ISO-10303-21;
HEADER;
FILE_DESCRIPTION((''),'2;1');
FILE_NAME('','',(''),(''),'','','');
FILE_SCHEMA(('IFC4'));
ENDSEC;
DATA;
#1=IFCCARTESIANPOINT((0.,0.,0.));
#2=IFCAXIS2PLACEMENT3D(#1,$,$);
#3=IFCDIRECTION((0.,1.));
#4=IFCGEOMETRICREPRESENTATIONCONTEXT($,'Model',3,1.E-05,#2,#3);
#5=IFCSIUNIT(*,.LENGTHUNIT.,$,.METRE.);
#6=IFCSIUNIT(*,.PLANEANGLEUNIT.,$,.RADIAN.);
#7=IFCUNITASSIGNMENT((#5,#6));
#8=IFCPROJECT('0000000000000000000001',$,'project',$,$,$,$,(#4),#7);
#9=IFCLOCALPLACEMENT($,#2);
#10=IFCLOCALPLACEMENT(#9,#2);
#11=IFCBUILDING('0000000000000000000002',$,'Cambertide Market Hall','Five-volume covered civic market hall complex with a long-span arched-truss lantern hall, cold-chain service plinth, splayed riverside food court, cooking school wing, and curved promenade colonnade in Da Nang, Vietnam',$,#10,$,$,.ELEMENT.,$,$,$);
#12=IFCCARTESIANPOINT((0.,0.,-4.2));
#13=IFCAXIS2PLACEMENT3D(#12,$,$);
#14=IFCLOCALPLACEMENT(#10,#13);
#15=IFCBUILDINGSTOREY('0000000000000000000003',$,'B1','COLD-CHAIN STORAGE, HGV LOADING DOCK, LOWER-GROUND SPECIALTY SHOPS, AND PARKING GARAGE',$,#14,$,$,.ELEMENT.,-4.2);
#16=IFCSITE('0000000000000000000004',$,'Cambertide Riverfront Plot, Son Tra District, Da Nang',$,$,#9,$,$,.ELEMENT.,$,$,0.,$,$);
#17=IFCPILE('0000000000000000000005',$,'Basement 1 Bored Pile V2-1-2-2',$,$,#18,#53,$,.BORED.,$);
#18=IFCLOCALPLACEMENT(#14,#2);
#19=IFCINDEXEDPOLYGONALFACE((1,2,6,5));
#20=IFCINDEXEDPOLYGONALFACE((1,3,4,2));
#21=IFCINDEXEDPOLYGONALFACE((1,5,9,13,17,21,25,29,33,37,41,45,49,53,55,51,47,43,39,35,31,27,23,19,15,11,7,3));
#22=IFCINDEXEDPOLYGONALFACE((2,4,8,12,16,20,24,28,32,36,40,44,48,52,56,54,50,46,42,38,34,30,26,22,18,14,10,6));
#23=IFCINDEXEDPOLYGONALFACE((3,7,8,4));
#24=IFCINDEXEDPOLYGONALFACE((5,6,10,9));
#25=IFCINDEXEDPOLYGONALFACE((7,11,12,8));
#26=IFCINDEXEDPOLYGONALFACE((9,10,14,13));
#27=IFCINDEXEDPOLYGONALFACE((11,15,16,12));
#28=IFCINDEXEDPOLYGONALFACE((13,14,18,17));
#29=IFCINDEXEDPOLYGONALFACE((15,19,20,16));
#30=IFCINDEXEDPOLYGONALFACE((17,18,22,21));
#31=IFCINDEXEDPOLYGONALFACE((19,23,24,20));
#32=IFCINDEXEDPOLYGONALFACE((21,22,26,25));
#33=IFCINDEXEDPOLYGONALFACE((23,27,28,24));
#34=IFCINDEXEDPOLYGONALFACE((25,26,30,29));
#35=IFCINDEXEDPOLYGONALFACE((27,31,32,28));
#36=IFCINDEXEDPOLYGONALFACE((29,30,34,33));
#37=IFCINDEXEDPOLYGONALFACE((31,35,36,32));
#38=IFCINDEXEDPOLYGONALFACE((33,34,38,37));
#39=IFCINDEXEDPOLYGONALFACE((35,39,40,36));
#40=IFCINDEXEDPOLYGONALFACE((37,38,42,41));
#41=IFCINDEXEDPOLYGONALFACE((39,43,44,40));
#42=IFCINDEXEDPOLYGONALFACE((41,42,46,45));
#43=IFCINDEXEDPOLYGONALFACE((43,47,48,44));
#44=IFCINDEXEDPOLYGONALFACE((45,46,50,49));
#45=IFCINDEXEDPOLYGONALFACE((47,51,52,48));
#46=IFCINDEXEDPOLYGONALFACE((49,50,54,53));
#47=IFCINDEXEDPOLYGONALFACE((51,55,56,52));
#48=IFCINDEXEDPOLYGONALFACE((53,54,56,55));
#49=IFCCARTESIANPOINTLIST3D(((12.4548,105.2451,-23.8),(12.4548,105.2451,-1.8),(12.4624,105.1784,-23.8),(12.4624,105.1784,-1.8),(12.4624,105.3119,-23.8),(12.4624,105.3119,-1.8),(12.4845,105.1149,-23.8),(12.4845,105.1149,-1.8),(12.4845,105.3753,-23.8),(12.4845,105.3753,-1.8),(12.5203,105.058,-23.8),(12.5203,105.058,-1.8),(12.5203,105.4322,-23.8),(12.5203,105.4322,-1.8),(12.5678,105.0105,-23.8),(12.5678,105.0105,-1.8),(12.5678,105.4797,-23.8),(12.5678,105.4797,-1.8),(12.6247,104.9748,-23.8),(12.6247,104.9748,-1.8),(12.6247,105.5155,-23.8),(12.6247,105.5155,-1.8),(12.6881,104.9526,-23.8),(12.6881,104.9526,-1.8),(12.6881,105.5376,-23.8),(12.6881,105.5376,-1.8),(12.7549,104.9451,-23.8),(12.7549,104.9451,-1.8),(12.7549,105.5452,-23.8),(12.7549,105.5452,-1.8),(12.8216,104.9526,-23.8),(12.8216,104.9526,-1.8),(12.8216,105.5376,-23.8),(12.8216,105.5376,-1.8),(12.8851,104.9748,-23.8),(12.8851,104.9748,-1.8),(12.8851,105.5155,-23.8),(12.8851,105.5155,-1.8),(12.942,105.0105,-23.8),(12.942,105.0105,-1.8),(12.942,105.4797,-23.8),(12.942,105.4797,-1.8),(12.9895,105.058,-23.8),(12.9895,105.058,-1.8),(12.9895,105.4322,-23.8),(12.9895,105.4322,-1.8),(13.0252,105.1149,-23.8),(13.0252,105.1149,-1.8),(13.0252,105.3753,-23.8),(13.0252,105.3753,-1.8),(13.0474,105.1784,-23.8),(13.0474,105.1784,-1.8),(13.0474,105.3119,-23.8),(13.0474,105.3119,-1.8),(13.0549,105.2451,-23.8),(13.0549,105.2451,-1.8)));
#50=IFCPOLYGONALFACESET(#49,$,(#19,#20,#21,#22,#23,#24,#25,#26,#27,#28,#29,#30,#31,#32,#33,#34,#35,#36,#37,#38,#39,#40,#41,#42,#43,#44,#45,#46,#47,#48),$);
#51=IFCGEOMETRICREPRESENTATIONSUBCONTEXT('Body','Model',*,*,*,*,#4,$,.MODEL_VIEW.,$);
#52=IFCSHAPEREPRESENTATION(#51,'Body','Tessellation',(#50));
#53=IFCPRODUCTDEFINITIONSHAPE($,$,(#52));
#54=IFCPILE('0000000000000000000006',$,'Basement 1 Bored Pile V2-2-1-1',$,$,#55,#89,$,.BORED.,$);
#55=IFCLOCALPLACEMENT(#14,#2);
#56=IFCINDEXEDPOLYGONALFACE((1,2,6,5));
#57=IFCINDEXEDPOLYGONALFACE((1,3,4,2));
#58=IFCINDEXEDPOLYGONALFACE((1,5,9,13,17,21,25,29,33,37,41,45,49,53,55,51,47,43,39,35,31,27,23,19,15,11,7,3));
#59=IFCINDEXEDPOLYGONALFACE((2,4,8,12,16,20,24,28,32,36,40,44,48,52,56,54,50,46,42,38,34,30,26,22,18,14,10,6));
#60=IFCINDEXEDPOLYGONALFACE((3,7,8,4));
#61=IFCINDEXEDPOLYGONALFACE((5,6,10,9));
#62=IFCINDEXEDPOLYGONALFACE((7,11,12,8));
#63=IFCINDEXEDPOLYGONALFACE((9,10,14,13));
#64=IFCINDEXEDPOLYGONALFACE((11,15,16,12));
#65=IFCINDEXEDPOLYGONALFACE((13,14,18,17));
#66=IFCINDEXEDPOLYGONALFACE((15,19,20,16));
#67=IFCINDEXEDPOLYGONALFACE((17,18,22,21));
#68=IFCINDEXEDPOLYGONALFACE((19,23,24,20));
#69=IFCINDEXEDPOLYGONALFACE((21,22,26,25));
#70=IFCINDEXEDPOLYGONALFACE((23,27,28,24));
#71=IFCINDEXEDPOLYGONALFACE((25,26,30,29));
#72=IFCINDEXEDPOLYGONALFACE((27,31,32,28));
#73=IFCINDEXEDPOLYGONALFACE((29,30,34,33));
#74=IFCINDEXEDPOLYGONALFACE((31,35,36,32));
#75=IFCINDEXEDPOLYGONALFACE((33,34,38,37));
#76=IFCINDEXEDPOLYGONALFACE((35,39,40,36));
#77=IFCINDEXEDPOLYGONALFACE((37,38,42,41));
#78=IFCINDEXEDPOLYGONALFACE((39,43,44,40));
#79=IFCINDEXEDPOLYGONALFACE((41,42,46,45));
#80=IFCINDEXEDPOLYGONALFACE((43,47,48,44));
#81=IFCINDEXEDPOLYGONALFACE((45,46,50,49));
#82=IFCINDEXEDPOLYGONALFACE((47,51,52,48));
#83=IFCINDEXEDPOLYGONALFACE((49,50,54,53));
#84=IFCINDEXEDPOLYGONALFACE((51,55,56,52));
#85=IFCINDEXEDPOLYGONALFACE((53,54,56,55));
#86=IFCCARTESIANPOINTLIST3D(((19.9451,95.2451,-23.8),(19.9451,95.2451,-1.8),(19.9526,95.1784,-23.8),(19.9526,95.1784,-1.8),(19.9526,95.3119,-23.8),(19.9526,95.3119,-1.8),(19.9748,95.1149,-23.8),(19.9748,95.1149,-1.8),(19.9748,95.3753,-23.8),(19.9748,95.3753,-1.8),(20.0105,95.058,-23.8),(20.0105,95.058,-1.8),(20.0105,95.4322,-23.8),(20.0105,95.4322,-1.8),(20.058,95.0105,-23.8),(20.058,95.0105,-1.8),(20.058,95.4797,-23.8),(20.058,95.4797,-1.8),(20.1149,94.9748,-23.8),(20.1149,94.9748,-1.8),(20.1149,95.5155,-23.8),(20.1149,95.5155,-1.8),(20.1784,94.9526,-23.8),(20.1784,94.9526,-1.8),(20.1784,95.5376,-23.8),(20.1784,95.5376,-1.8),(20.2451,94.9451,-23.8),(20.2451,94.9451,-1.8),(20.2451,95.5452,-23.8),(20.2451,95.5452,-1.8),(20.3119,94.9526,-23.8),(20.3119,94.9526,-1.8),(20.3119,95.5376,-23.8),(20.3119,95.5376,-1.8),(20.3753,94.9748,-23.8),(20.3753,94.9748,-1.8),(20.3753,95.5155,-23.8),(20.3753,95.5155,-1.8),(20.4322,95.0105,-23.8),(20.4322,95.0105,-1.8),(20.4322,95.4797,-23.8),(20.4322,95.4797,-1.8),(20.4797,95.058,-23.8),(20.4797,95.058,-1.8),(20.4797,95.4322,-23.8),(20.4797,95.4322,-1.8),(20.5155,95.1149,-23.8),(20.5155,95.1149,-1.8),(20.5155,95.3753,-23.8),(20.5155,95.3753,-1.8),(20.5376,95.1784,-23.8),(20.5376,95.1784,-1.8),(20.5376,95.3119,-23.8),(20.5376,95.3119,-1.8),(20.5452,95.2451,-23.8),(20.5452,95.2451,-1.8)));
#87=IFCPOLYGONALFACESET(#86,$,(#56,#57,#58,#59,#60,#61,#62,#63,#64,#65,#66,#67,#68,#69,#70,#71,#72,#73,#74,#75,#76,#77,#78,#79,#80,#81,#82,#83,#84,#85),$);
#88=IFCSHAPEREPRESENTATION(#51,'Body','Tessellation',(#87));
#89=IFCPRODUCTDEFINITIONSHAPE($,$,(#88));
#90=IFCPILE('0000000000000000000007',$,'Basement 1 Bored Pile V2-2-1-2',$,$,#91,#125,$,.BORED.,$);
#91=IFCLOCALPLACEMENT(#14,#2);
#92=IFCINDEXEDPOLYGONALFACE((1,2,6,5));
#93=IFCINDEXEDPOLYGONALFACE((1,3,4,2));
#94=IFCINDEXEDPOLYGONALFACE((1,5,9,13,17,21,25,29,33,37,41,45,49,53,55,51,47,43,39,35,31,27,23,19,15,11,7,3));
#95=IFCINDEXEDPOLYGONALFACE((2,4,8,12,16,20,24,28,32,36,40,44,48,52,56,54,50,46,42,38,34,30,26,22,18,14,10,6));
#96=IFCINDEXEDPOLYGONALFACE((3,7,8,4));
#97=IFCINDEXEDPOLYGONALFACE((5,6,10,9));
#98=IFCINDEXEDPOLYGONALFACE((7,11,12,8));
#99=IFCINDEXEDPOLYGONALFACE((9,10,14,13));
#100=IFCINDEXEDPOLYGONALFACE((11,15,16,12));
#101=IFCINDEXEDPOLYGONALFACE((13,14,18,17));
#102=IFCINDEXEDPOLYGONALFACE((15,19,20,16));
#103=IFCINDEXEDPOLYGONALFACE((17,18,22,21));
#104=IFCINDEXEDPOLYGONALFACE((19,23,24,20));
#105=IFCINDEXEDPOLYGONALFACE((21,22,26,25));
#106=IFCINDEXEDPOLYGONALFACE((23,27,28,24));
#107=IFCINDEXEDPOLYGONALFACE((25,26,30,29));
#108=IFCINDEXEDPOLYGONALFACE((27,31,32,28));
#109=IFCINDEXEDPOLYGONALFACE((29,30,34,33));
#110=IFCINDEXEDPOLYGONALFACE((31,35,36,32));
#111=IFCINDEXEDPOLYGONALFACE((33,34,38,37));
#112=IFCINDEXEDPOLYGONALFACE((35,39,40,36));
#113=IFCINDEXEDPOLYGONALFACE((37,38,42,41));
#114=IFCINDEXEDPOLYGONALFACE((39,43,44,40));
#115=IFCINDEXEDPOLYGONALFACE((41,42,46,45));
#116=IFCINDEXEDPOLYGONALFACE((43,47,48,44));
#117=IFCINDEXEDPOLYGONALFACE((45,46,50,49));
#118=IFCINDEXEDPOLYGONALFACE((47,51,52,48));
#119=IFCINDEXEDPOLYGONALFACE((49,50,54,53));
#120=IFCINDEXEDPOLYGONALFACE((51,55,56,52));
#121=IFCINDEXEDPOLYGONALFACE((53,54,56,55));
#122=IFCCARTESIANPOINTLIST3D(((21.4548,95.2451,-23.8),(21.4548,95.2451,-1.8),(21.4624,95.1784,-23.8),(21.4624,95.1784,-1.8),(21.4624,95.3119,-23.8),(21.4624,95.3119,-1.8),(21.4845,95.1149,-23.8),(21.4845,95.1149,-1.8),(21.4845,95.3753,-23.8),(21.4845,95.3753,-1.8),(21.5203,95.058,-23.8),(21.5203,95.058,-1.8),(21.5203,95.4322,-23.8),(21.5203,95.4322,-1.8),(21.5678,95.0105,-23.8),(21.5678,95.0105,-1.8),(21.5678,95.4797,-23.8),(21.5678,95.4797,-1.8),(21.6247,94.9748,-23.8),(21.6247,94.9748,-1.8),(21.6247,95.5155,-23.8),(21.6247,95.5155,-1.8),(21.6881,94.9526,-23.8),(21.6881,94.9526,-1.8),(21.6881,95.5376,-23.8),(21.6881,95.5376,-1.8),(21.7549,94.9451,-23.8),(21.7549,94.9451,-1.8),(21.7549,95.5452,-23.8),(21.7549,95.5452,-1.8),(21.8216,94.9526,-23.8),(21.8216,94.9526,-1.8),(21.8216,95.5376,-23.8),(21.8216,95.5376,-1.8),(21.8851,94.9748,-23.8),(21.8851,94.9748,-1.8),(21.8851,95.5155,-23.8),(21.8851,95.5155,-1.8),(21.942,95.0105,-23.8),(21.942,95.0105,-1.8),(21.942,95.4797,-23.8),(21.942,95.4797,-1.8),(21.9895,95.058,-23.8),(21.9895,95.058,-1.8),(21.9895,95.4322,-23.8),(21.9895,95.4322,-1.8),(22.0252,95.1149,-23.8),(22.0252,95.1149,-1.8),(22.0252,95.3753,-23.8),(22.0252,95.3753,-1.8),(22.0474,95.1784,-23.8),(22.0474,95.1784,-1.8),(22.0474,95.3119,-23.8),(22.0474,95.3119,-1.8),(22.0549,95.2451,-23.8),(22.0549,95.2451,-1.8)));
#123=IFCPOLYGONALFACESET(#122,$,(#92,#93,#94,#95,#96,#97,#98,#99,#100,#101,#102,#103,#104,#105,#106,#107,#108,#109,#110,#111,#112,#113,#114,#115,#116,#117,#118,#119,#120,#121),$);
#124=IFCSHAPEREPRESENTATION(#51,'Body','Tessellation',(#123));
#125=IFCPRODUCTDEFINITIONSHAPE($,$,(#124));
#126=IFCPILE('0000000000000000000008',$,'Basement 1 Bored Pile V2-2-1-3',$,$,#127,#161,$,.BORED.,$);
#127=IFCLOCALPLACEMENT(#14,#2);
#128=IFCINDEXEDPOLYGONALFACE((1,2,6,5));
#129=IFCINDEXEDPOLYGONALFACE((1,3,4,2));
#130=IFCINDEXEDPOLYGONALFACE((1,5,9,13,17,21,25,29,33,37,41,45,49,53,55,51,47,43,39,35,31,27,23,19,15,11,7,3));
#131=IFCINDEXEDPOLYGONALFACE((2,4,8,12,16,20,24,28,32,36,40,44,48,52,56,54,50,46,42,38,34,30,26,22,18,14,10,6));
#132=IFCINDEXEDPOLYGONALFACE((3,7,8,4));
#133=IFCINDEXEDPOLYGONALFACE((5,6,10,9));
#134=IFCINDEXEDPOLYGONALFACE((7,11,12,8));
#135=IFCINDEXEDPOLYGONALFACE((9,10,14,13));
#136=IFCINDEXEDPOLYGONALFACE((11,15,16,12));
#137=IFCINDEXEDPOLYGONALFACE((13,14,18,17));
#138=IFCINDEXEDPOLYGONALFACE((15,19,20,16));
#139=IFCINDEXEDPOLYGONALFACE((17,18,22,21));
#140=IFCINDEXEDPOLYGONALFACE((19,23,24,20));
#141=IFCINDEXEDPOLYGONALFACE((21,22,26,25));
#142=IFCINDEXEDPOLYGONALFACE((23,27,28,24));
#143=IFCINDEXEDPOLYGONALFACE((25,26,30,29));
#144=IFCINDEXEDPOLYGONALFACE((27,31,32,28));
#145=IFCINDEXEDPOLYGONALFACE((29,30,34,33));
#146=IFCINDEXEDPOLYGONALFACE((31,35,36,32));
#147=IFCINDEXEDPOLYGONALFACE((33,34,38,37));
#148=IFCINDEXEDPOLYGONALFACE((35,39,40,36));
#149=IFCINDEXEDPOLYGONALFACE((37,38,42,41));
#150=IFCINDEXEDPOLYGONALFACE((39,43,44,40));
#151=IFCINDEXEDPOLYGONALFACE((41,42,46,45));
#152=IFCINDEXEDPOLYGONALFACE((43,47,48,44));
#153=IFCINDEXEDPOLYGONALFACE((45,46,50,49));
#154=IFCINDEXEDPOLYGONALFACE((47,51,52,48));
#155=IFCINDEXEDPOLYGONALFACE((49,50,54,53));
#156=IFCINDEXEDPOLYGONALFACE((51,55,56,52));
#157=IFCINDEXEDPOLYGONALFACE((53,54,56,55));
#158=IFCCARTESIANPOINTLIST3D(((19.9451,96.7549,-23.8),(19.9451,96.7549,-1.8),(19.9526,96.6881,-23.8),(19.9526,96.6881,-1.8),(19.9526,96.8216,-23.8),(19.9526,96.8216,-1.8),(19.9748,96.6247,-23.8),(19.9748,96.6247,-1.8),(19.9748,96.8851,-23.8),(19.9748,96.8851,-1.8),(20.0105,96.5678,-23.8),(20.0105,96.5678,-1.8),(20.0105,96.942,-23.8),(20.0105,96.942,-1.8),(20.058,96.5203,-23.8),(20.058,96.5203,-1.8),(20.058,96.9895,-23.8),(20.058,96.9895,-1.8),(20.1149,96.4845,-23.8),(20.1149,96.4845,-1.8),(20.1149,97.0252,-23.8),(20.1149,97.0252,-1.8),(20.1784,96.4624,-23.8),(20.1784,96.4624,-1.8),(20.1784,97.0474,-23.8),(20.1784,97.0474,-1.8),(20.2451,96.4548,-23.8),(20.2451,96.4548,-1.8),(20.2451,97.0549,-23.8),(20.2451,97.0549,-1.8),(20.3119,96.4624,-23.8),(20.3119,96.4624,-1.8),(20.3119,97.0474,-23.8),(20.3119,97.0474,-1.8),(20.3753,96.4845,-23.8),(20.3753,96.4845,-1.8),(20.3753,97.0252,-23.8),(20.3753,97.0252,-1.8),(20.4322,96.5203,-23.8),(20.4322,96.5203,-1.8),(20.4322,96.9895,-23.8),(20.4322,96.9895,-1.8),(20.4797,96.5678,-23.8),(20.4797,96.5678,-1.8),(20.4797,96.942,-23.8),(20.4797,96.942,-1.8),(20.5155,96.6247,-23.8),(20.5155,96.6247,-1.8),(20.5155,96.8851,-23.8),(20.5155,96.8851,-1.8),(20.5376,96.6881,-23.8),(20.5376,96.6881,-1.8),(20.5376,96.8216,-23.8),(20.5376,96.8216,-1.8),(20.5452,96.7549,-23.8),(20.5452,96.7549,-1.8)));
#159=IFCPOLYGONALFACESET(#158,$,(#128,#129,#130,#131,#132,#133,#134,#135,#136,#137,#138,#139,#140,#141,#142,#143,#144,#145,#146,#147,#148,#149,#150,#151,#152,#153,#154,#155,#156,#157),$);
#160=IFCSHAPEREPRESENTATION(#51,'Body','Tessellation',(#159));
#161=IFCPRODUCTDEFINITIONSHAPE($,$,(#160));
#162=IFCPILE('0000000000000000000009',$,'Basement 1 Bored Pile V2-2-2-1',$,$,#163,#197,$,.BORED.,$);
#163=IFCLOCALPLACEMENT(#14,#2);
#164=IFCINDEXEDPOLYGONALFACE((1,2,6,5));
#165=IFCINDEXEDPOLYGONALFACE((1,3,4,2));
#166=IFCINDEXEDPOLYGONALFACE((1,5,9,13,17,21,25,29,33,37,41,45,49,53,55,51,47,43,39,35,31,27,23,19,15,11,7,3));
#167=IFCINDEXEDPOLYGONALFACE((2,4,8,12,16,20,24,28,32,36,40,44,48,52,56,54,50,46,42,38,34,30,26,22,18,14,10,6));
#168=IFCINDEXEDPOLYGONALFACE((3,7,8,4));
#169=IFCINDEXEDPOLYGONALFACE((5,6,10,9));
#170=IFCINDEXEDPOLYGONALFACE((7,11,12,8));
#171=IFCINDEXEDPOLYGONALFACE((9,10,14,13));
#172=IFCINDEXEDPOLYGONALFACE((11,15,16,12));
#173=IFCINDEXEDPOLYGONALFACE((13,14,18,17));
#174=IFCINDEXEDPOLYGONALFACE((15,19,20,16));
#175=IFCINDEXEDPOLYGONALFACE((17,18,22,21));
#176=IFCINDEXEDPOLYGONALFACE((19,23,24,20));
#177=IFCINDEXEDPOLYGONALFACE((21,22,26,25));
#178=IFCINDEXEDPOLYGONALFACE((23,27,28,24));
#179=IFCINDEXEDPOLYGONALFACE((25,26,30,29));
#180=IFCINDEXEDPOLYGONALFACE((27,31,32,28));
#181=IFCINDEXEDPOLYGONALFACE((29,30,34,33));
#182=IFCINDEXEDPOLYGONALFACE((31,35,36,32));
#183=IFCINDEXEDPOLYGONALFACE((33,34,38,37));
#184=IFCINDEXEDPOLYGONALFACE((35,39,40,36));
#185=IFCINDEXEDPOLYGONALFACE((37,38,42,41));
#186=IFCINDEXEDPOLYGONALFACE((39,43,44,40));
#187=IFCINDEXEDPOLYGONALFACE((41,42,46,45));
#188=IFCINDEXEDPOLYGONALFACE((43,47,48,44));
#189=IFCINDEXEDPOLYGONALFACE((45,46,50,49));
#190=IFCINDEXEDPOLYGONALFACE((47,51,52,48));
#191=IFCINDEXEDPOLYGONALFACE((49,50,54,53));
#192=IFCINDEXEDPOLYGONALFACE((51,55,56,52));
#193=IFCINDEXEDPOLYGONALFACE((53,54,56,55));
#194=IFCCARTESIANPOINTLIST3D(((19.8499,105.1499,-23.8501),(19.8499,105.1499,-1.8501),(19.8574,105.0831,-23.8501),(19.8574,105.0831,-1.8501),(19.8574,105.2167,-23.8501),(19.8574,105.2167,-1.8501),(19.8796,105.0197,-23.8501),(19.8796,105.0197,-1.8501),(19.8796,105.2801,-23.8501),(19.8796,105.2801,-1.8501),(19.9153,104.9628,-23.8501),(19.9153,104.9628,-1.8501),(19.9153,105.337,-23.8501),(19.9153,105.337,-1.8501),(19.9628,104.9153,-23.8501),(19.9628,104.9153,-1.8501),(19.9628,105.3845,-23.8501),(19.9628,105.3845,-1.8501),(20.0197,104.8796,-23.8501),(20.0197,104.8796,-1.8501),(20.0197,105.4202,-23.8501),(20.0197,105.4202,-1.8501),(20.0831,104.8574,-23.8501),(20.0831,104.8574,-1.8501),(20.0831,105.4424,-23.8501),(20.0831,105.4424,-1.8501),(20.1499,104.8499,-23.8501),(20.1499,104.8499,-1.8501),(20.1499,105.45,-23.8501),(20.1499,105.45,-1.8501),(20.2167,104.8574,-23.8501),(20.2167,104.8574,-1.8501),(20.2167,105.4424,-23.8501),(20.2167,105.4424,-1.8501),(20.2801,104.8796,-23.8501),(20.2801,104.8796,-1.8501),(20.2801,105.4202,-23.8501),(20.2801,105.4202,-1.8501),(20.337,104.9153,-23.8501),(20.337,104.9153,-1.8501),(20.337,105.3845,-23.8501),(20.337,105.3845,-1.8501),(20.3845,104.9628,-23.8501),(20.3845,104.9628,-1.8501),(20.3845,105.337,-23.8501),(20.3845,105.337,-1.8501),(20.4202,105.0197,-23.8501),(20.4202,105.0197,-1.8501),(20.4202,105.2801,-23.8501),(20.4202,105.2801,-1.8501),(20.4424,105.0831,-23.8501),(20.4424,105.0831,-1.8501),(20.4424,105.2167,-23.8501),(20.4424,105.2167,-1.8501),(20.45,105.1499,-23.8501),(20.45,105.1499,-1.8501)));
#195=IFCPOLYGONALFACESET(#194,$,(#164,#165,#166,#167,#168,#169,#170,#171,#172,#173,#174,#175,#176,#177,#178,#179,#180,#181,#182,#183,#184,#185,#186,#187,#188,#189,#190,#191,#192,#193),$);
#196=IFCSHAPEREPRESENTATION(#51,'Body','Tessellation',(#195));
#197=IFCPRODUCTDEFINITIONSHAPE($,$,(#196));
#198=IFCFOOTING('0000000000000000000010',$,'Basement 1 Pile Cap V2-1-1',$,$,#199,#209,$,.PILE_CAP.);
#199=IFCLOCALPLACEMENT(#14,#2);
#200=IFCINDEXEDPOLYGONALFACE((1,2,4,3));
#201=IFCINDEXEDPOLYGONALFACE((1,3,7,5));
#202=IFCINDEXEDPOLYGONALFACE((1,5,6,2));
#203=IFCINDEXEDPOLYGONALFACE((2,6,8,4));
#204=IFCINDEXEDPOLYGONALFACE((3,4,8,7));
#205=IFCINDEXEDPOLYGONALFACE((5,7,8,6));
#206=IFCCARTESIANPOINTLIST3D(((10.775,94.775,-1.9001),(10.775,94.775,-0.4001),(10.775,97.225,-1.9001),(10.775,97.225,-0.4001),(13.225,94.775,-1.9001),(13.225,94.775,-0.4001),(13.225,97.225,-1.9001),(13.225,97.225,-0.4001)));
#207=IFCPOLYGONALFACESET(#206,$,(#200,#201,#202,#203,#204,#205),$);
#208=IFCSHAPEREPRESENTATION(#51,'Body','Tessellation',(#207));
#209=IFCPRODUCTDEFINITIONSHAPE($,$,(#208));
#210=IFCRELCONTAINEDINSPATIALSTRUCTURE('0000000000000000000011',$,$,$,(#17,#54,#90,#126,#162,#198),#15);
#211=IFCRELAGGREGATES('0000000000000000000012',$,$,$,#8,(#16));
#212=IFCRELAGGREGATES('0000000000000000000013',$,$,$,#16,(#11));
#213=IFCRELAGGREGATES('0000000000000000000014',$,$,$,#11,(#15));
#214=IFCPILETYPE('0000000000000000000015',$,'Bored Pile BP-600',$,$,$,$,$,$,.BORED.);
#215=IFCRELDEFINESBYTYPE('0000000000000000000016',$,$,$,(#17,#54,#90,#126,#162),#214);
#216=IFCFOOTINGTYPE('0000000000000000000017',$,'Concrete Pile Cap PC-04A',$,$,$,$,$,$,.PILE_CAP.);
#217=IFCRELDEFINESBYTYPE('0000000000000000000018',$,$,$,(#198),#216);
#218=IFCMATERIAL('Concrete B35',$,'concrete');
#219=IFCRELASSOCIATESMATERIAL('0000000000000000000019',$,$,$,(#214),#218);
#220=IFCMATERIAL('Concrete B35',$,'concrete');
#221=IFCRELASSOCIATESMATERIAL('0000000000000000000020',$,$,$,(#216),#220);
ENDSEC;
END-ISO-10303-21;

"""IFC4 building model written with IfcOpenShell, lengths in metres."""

from ifc_helpers import new_model, si_unit, direction, frame, origin, origin_2d, place, context, subcontext, project, spatial, rectangle, circle, extrude, material, material_profile, profile_set, type_object, element, save


model = new_model("IFC4")

# Units and contexts
model_context = context("Model", 3, precision=1e-05, world=origin(), true_north=direction((0.0, 1.0)))
body_context = subcontext(model_context, "Body", "Model", "MODEL_VIEW")
ifc_project = project(units=[si_unit("LENGTHUNIT", "METRE"), si_unit("PLANEANGLEUNIT", "RADIAN")], contexts=[model_context])

# Site, building, storey
site_placement = place(None, origin())
site = spatial("IfcSite", under=ifc_project, at=site_placement, Name="Cambertide Riverfront Plot, Son Tra District, Da Nang", CompositionType="ELEMENT", RefElevation=0.0)
building_placement = place(site_placement, origin())
building = spatial("IfcBuilding", under=site, at=building_placement, Name="Cambertide Market Hall", Description="Five-volume covered civic market hall complex with a long-span arched-truss lantern hall, cold-chain service plinth, splayed riverside food court, cooking school wing, and curved promenade colonnade in Da Nang, Vietnam", CompositionType="ELEMENT")
storey_placement = place(building_placement, frame((0.0, 0.0, -4.2)))
storey = spatial("IfcBuildingStorey", under=building, at=storey_placement, Name="B1", Description="COLD-CHAIN STORAGE, HGV LOADING DOCK, LOWER-GROUND SPECIALTY SHOPS, AND PARKING GARAGE", CompositionType="ELEMENT", Elevation=-4.2)

# Piles
ifc_material_1 = material(Name="Concrete B35", Category="concrete")
ifc_material_profile_1 = material_profile(ifc_material_1, circle(Radius=0.3, at=origin_2d()), Name="BP D600")
ifc_profile_set_1 = profile_set([ifc_material_profile_1], Name="Concrete B35")
pile_type = type_object("IfcPileType", Name="Bored Pile BP-600", PredefinedType="BORED", material=ifc_profile_set_1)
for number, where, z_axis, x_axis, name in (
    (1, (12.7549, 105.2451, -1.8), (0.0, 0.0, -1.0), (1.0, 0.0, 0.0), "Basement 1 Bored Pile V2-1-2-2"),
    (2, (20.2451, 95.2451, -1.8), (0.0, 0.0, -1.0), (1.0, 0.0, 0.0), "Basement 1 Bored Pile V2-2-1-1"),
    (3, (21.7549, 95.2451, -1.8), (0.0, 0.0, -1.0), (1.0, 0.0, 0.0), "Basement 1 Bored Pile V2-2-1-2"),
    (4, (20.2451, 96.7549, -1.8), (0.0, 0.0, -1.0), (1.0, 0.0, 0.0), "Basement 1 Bored Pile V2-2-1-3"),
    (5, (20.1499, 105.1499, -1.8501), (0.0, 0.0, -1.0), (1.0, 0.0, 0.0), "Basement 1 Bored Pile V2-2-2-1"),
):
    element("IfcPile", number, at=place(storey_placement, frame(where, z_axis=z_axis, x_axis=x_axis)), inside=storey, type_object=pile_type, Name=name, PredefinedType="BORED", context=body_context, shape_type="SweptSolid", body=[
        extrude(circle(Radius=0.3, at=origin_2d()), origin(), (0.0, 0.0, 1.0), 22.0),
    ])

# Footing
ifc_material_2 = material(Name="Concrete B35", Category="concrete")
footing_type_1 = type_object("IfcFootingType", Name="Concrete Pile Cap PC-04A", PredefinedType="PILE_CAP", material=ifc_material_2)
for number, where, z_axis, x_axis, name in (
    (6, (12.0, 96.0, -1.9001), (0.0, 0.0, 1.0), (1.0, 0.0, 0.0), "Basement 1 Pile Cap V2-1-1"),
):
    element("IfcFooting", number, at=place(storey_placement, frame(where, z_axis=z_axis, x_axis=x_axis)), inside=storey, type_object=footing_type_1, Name=name, PredefinedType="PILE_CAP", context=body_context, shape_type="SweptSolid", body=[
        extrude(rectangle(XDim=2.45, YDim=2.45, at=origin_2d()), origin(), (0.0, 0.0, 1.0), 1.5),
    ])

save(model, "model.ifc")
